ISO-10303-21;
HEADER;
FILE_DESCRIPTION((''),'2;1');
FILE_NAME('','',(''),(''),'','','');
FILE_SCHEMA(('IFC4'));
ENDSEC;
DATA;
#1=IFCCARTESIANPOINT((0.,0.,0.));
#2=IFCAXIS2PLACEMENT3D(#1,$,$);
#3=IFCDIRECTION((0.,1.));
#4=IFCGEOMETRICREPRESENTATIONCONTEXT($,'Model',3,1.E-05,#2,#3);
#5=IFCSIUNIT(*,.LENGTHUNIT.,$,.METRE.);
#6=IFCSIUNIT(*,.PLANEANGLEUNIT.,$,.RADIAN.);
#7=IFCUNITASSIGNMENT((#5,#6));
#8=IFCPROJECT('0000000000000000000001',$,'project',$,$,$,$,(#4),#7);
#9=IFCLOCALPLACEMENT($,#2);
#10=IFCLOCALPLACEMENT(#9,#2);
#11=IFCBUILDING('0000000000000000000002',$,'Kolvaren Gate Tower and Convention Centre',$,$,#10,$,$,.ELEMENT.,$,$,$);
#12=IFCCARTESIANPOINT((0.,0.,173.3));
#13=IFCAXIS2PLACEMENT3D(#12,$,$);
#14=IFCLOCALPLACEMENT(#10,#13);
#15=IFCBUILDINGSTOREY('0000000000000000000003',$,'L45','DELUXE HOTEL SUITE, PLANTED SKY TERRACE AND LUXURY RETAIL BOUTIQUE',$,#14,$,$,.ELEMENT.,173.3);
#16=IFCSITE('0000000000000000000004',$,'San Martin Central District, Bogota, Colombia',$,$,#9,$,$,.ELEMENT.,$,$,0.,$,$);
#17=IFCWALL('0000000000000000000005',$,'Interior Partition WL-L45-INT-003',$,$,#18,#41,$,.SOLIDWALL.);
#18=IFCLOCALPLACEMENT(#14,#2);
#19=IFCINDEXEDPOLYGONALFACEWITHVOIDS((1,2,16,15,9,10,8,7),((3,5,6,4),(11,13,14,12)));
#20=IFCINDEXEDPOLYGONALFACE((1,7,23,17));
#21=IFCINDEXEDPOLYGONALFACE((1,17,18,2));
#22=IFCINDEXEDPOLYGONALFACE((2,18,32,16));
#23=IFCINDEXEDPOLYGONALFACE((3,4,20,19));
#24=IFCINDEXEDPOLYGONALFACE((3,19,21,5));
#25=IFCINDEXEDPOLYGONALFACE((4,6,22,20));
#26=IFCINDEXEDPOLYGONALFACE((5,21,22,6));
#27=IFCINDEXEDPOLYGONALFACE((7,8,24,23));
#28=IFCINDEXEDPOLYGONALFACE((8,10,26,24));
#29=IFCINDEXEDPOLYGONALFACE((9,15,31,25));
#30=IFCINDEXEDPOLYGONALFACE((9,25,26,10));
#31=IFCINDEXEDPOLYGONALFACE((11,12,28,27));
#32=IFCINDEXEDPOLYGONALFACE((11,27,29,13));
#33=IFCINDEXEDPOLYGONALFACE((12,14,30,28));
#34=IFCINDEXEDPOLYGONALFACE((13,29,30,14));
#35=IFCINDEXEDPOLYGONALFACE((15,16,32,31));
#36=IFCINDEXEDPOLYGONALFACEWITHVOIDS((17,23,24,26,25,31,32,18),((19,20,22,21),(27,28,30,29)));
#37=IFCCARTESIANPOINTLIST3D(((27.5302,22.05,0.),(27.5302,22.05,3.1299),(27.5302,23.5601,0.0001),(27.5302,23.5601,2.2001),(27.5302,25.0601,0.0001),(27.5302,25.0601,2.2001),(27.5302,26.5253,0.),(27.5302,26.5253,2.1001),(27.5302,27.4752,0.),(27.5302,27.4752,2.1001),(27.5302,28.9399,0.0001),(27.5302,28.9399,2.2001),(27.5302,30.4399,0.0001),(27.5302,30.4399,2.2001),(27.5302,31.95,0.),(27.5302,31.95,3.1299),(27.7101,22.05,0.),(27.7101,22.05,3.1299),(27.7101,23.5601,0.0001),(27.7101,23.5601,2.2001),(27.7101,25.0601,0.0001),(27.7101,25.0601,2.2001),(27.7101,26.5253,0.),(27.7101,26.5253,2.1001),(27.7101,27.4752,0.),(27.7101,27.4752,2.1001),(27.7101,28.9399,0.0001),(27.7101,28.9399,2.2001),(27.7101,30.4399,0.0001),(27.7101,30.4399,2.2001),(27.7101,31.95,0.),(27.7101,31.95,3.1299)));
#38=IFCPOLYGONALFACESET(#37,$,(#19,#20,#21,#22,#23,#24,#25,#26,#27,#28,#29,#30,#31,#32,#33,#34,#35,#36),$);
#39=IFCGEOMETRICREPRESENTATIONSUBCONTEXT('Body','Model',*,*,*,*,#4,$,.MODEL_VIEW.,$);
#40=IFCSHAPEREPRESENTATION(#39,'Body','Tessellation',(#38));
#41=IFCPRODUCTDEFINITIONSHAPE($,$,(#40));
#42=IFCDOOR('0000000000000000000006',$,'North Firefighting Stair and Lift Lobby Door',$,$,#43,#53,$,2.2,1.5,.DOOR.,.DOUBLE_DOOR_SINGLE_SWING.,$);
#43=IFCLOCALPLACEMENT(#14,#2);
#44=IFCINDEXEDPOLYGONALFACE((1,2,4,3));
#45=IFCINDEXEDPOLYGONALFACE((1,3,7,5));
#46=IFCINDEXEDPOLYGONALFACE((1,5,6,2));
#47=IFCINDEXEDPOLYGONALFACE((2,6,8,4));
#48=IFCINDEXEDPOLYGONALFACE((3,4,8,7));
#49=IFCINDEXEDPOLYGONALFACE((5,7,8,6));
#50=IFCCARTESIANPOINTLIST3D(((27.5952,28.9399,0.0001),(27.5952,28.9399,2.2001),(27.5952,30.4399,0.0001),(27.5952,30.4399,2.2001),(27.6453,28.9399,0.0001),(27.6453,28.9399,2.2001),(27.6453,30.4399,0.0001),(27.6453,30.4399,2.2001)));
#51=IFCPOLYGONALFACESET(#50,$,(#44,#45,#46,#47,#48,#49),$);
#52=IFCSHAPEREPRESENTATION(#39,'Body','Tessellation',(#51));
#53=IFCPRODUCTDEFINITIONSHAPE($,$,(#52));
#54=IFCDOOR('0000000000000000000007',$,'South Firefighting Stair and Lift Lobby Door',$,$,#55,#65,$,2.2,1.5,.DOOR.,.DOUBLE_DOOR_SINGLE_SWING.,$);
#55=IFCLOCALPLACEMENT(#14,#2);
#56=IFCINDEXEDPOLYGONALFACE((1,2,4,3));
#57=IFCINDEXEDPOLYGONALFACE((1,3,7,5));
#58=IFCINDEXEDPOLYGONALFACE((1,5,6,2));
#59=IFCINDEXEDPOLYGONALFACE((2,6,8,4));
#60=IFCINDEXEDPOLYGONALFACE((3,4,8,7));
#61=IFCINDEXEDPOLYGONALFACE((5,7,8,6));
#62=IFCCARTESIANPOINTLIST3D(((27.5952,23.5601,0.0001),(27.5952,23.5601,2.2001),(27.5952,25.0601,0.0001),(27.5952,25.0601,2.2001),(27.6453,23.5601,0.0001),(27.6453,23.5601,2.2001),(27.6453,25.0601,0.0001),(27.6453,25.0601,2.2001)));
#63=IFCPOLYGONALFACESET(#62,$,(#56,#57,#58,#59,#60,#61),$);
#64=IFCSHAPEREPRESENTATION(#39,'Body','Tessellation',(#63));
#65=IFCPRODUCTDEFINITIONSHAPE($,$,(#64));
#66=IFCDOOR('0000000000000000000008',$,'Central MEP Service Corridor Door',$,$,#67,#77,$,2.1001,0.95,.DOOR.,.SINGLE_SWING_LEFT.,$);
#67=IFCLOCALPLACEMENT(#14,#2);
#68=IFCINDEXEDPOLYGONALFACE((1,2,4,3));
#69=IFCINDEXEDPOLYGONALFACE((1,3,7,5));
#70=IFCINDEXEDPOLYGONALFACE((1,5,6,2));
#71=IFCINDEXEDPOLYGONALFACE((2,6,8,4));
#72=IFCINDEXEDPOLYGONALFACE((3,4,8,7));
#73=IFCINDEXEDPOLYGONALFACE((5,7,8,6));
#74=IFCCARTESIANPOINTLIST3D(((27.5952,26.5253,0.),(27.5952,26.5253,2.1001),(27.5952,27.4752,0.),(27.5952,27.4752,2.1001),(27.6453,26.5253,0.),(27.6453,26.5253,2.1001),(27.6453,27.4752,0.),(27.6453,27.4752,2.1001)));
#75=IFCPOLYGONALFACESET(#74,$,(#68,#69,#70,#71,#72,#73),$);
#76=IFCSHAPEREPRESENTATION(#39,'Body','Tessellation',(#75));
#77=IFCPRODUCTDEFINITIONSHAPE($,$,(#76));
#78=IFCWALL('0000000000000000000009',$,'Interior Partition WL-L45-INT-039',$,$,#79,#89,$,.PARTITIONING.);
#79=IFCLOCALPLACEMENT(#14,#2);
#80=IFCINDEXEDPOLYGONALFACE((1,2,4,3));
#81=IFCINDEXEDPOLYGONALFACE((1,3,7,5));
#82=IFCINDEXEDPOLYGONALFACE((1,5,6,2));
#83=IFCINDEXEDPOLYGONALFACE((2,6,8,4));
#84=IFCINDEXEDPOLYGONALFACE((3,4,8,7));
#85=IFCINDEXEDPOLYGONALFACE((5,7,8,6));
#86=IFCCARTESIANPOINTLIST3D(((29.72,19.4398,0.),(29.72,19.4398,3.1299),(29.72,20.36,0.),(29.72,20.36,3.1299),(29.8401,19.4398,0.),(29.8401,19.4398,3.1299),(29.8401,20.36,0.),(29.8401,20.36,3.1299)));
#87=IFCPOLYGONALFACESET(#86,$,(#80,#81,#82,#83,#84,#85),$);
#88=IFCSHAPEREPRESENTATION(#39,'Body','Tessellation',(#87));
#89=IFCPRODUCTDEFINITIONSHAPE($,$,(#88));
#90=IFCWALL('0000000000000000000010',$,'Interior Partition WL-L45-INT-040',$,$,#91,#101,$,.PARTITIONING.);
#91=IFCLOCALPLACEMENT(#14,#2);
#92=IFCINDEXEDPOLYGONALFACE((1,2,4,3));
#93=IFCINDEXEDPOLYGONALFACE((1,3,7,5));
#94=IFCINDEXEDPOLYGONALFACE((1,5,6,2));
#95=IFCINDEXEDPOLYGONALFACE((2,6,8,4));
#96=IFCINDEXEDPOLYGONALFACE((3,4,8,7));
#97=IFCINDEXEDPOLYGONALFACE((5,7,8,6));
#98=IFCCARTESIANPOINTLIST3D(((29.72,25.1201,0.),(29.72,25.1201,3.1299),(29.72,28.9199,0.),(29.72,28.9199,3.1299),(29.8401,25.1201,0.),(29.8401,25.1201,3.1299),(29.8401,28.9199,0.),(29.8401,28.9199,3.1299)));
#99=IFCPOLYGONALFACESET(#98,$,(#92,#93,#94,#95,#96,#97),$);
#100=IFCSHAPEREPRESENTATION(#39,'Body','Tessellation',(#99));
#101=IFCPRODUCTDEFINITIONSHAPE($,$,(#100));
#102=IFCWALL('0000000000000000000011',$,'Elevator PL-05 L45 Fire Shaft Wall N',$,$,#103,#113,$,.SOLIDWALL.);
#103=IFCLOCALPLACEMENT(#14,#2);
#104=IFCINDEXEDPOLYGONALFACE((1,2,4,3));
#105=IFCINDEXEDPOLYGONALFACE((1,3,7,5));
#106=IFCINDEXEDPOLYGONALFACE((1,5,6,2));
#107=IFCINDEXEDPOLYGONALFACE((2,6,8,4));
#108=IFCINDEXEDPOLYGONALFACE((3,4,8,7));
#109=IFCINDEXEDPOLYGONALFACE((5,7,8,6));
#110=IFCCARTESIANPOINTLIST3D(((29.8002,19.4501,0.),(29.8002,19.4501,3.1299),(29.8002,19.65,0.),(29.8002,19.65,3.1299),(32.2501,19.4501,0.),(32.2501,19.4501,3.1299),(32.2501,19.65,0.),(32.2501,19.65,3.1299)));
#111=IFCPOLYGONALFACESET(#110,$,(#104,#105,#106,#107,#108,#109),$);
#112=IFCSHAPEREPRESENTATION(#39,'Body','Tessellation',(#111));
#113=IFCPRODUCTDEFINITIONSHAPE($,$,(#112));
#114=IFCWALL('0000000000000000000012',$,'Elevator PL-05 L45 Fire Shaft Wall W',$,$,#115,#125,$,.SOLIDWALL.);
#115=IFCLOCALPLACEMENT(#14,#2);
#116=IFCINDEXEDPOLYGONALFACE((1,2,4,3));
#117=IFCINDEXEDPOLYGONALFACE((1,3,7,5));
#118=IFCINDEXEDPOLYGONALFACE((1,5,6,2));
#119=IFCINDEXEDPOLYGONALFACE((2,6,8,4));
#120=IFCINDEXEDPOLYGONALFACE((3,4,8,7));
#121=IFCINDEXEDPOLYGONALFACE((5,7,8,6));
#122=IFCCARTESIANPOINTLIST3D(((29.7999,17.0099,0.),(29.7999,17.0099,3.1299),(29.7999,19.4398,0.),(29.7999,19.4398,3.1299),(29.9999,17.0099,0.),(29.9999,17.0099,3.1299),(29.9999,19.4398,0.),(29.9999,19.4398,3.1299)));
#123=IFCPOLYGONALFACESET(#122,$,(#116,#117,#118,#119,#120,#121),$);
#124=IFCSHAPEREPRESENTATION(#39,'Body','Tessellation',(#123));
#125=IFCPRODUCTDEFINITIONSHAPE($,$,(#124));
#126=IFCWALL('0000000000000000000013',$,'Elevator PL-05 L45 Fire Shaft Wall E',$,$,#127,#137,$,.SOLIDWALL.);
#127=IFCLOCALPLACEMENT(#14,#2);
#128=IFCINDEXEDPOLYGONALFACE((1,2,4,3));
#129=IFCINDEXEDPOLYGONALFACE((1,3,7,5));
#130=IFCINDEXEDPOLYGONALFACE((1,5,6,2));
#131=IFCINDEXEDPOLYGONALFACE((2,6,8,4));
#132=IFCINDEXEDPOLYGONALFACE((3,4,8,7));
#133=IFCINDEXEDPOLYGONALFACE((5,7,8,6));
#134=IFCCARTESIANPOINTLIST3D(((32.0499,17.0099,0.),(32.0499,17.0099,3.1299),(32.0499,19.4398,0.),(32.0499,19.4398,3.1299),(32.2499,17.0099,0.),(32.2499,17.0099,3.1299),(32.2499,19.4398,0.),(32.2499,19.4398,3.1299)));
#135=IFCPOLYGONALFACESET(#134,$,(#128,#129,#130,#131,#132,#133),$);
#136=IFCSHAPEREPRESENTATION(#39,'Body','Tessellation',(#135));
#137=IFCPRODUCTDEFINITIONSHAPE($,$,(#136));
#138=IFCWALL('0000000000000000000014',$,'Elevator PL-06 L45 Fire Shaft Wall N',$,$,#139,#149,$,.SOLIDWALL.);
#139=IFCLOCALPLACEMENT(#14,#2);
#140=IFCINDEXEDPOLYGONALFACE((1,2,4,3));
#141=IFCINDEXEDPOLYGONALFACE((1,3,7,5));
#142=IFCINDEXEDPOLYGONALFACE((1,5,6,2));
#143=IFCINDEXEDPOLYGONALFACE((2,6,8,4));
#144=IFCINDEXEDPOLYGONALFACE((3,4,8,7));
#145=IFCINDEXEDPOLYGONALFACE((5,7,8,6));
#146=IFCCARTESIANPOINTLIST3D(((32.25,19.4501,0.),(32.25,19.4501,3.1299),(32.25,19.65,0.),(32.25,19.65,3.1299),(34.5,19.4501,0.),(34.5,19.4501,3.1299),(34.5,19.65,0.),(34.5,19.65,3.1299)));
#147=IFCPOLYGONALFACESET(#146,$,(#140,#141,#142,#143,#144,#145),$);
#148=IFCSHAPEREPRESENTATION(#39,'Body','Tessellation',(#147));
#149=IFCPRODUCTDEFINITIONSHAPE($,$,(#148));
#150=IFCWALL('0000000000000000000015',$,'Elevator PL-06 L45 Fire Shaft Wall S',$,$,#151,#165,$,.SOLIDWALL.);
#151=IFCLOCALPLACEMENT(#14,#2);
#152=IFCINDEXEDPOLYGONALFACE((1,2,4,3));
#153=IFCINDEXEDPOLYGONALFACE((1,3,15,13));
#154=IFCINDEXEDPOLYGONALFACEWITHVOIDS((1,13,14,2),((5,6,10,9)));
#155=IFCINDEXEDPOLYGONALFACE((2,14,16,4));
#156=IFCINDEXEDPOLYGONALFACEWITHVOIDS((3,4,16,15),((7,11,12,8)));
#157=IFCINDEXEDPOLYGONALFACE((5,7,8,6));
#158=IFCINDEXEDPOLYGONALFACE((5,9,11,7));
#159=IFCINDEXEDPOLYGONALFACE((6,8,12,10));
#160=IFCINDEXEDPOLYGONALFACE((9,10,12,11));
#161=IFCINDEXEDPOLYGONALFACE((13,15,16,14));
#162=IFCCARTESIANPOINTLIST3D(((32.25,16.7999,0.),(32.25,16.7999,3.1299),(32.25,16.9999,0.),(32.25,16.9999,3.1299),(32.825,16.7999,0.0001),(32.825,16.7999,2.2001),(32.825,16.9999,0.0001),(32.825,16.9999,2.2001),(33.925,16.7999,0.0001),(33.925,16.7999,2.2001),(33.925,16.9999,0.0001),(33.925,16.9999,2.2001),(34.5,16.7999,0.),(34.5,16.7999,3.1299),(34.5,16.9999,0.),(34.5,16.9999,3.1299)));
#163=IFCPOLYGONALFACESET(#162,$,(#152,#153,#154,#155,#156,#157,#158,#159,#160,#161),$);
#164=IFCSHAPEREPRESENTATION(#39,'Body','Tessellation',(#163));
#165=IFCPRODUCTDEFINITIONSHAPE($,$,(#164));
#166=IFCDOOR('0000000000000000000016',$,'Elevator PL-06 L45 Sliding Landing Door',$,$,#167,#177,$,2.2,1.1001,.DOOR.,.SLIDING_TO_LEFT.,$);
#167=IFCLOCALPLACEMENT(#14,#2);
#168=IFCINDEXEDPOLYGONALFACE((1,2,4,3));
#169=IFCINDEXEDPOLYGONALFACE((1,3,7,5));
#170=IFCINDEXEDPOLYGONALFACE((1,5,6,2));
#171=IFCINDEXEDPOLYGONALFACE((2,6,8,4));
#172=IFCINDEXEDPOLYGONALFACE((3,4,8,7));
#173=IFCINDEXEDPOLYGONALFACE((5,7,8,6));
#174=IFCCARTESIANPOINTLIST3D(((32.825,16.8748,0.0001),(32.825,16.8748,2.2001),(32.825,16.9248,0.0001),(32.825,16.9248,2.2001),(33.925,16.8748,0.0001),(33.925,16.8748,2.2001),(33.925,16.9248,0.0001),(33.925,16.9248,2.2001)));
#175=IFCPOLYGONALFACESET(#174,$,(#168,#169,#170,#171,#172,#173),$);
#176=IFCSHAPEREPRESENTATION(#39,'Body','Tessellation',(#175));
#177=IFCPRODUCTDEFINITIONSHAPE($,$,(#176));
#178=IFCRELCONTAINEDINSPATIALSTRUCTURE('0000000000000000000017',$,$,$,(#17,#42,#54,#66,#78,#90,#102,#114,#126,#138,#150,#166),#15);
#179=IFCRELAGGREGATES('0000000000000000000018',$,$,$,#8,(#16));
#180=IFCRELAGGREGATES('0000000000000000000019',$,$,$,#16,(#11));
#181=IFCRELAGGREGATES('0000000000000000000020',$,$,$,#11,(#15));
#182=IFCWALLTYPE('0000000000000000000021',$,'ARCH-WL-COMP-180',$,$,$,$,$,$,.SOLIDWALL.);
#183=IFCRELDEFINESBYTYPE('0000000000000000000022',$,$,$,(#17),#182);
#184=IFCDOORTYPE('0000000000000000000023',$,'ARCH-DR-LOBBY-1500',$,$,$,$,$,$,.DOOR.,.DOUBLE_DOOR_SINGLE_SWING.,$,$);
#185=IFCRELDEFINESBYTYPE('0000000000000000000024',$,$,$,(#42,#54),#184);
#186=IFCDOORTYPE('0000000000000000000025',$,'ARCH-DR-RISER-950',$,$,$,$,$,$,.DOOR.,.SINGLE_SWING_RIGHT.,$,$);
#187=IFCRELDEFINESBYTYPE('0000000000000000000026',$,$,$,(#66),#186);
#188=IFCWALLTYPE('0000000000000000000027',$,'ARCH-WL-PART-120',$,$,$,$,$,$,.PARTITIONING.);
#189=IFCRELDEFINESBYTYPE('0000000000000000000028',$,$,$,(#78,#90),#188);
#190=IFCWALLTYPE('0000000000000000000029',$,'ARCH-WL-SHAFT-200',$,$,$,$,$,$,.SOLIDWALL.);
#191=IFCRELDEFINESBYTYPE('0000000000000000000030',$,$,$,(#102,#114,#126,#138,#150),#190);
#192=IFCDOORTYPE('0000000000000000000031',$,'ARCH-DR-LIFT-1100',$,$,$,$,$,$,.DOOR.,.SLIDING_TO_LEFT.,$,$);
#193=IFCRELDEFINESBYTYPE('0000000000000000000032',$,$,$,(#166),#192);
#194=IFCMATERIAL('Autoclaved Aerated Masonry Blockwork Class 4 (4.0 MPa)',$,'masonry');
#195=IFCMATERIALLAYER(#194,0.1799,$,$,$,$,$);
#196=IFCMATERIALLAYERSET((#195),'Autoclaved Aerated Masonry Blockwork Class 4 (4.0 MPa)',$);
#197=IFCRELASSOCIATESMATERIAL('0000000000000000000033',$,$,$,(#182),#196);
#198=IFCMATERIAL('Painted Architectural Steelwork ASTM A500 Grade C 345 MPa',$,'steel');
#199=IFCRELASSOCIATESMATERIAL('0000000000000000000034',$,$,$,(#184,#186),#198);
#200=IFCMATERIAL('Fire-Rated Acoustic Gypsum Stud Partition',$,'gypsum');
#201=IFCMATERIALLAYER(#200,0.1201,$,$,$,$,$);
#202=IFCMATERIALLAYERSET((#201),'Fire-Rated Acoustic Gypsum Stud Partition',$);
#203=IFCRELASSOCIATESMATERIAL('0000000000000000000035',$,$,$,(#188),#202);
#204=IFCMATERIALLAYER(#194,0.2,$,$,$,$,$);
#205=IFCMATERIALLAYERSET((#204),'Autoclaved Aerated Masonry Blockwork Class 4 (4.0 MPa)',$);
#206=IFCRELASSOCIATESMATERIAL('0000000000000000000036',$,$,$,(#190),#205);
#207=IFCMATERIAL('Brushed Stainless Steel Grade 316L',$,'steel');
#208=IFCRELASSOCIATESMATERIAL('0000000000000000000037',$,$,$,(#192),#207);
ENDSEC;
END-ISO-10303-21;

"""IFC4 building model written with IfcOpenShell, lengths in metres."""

from ifc_helpers import new_model, si_unit, direction, frame, frame_2d, origin, place, context, subcontext, project, spatial, rectangle, extrude, material, layer, layer_set, type_object, element, fill, save


model = new_model("IFC4")

# Units and contexts
model_context = context("Model", 3, precision=1e-05, world=origin(), true_north=direction((0.0, 1.0)))
body_context = subcontext(model_context, "Body", "Model", "MODEL_VIEW")
ifc_project = project(units=[si_unit("LENGTHUNIT", "METRE"), si_unit("PLANEANGLEUNIT", "RADIAN")], contexts=[model_context])

# Site, building, storey
site_placement = place(None, origin())
site = spatial("IfcSite", under=ifc_project, at=site_placement, Name="San Martin Central District, Bogota, Colombia", CompositionType="ELEMENT", RefElevation=0.0)
building_placement = place(site_placement, origin())
building = spatial("IfcBuilding", under=site, at=building_placement, Name="Kolvaren Gate Tower and Convention Centre", CompositionType="ELEMENT")
storey_placement = place(building_placement, frame((0.0, 0.0, 173.3)))
storey = spatial("IfcBuildingStorey", under=building, at=storey_placement, Name="L45", Description="DELUXE HOTEL SUITE, PLANTED SKY TERRACE AND LUXURY RETAIL BOUTIQUE", CompositionType="ELEMENT", Elevation=173.3)

# Wall, openings, doors
ifc_material_1 = material(Name="Autoclaved Aerated Masonry Blockwork Class 4 (4.0 MPa)", Category="masonry")
ifc_layer_1 = layer(ifc_material_1, 0.1799)
ifc_layer_set_1 = layer_set([ifc_layer_1], Name="Autoclaved Aerated Masonry Blockwork Class 4 (4.0 MPa)")
wall_type_1 = type_object("IfcWallType", Name="ARCH-WL-COMP-180", PredefinedType="SOLIDWALL", material=ifc_layer_set_1)
wall_1_placement = place(storey_placement, frame((27.6201, 22.05, 0.0), z_axis=(0.0, 0.0, 1.0), x_axis=(0.0, 1.0, 0.0)))
wall_1 = element("IfcWall", 1, at=wall_1_placement, inside=storey, type_object=wall_type_1, Name="Interior Partition WL-L45-INT-003", PredefinedType="SOLIDWALL", context=body_context, shape_type="SweptSolid", body=[
    extrude(rectangle(XDim=9.8999, YDim=0.1799, at=frame_2d((4.95, 0.0))), origin(), (0.0, 0.0, 1.0), 3.1299),
])
opening_1_placement = place(wall_1_placement, frame((4.4751, 0.0, 0.0)))
opening_1 = element("IfcOpeningElement", 2, at=opening_1_placement, cuts=wall_1, PredefinedType="OPENING", context=body_context, shape_type="SweptSolid", body=[
    extrude(rectangle(XDim=0.95, YDim=2.1001, at=frame_2d((0.4751, 1.05))), frame((0.0, 0.0999, 0.0), z_axis=(0.0, -1.0, 0.0), x_axis=(1.0, 0.0, 0.0)), (0.0, 0.0, 1.0), 0.2),
])
opening_2_placement = place(wall_1_placement, frame((6.8899, 0.0, 0.0)))
opening_2 = element("IfcOpeningElement", 3, at=opening_2_placement, cuts=wall_1, PredefinedType="OPENING", context=body_context, shape_type="SweptSolid", body=[
    extrude(rectangle(XDim=1.5, YDim=2.2, at=frame_2d((0.75, 1.1001))), frame((0.0, 0.0999, 0.0), z_axis=(0.0, -1.0, 0.0), x_axis=(1.0, 0.0, 0.0)), (0.0, 0.0, 1.0), 0.2),
])
opening_3_placement = place(wall_1_placement, frame((1.51, 0.0, 0.0)))
opening_3 = element("IfcOpeningElement", 4, at=opening_3_placement, cuts=wall_1, PredefinedType="OPENING", context=body_context, shape_type="SweptSolid", body=[
    extrude(rectangle(XDim=1.5, YDim=2.2, at=frame_2d((0.75, 1.1001))), frame((0.0, 0.0999, 0.0), z_axis=(0.0, -1.0, 0.0), x_axis=(1.0, 0.0, 0.0)), (0.0, 0.0, 1.0), 0.2),
])
ifc_material_2 = material(Name="Painted Architectural Steelwork ASTM A500 Grade C 345 MPa", Category="steel")
door_type_1 = type_object("IfcDoorType", Name="ARCH-DR-LOBBY-1500", OperationType="DOUBLE_DOOR_SINGLE_SWING", PredefinedType="DOOR", material=ifc_material_2)
door_1_placement = place(opening_2_placement, origin())
door_1 = element("IfcDoor", 5, at=door_1_placement, inside=storey, type_object=door_type_1, Name="North Firefighting Stair and Lift Lobby Door", OperationType="DOUBLE_DOOR_SINGLE_SWING", OverallHeight=2.2, OverallWidth=1.5, PredefinedType="DOOR", context=body_context, shape_type="SweptSolid", body=[
    extrude(rectangle(XDim=1.5, YDim=2.2, at=frame_2d((0.75, 1.1001))), frame((0.0, 0.0249, 0.0), z_axis=(0.0, -1.0, 0.0), x_axis=(1.0, 0.0, 0.0)), (0.0, 0.0, 1.0), 0.05),
])
fill(opening_2, door_1)
door_2_placement = place(opening_3_placement, origin())
door_2 = element("IfcDoor", 6, at=door_2_placement, inside=storey, type_object=door_type_1, Name="South Firefighting Stair and Lift Lobby Door", OperationType="DOUBLE_DOOR_SINGLE_SWING", OverallHeight=2.2, OverallWidth=1.5, PredefinedType="DOOR", context=body_context, shape_type="SweptSolid", body=[
    extrude(rectangle(XDim=1.5, YDim=2.2, at=frame_2d((0.75, 1.1001))), frame((0.0, 0.0249, 0.0), z_axis=(0.0, -1.0, 0.0), x_axis=(1.0, 0.0, 0.0)), (0.0, 0.0, 1.0), 0.05),
])
fill(opening_3, door_2)
door_type_2 = type_object("IfcDoorType", Name="ARCH-DR-RISER-950", OperationType="SINGLE_SWING_RIGHT", PredefinedType="DOOR", material=ifc_material_2)
door_3_placement = place(opening_1_placement, origin())
door_3 = element("IfcDoor", 7, at=door_3_placement, inside=storey, type_object=door_type_2, Name="Central MEP Service Corridor Door", OperationType="SINGLE_SWING_LEFT", OverallHeight=2.1001, OverallWidth=0.95, PredefinedType="DOOR", context=body_context, shape_type="SweptSolid", body=[
    extrude(rectangle(XDim=0.95, YDim=2.1001, at=frame_2d((0.4751, 1.05))), frame((0.0, 0.0249, 0.0), z_axis=(0.0, -1.0, 0.0), x_axis=(1.0, 0.0, 0.0)), (0.0, 0.0, 1.0), 0.05),
])
fill(opening_1, door_3)

# Walls
ifc_material_3 = material(Name="Fire-Rated Acoustic Gypsum Stud Partition", Category="gypsum")
ifc_layer_2 = layer(ifc_material_3, 0.1201)
ifc_layer_set_2 = layer_set([ifc_layer_2], Name="Fire-Rated Acoustic Gypsum Stud Partition")
wall_type_2 = type_object("IfcWallType", Name="ARCH-WL-PART-120", PredefinedType="PARTITIONING", material=ifc_layer_set_2)
wall_2_placement = place(storey_placement, frame((29.78, 19.4399, 0.0), z_axis=(0.0, 0.0, 1.0), x_axis=(0.0, 1.0, 0.0)))
element("IfcWall", 8, at=wall_2_placement, inside=storey, type_object=wall_type_2, Name="Interior Partition WL-L45-INT-039", PredefinedType="PARTITIONING", context=body_context, shape_type="SweptSolid", body=[
    extrude(rectangle(XDim=0.9202, YDim=0.1201, at=frame_2d((0.46, 0.0))), origin(), (0.0, 0.0, 1.0), 3.1299),
])
wall_3_placement = place(storey_placement, frame((29.78, 25.1201, 0.0), z_axis=(0.0, 0.0, 1.0), x_axis=(0.0, 1.0, 0.0)))
element("IfcWall", 9, at=wall_3_placement, inside=storey, type_object=wall_type_2, Name="Interior Partition WL-L45-INT-040", PredefinedType="PARTITIONING", context=body_context, shape_type="SweptSolid", body=[
    extrude(rectangle(XDim=3.7998, YDim=0.1201, at=frame_2d((1.8999, 0.0))), origin(), (0.0, 0.0, 1.0), 3.1299),
])
ifc_layer_3 = layer(ifc_material_1, 0.2)
ifc_layer_set_3 = layer_set([ifc_layer_3], Name="Autoclaved Aerated Masonry Blockwork Class 4 (4.0 MPa)")
wall_type_3 = type_object("IfcWallType", Name="ARCH-WL-SHAFT-200", PredefinedType="SOLIDWALL", material=ifc_layer_set_3)
wall_4_placement = place(storey_placement, frame((29.8, 19.55, 0.0), z_axis=(0.0, 0.0, 1.0), x_axis=(1.0, 0.0, 0.0)))
element("IfcWall", 10, at=wall_4_placement, inside=storey, type_object=wall_type_3, Name="Elevator PL-05 L45 Fire Shaft Wall N", PredefinedType="SOLIDWALL", context=body_context, shape_type="SweptSolid", body=[
    extrude(rectangle(XDim=2.45, YDim=0.2, at=frame_2d((1.2251, 0.0))), origin(), (0.0, 0.0, 1.0), 3.1299),
])
for number, where, z_axis, x_axis, name in (
    (11, (29.8999, 17.01, 0.0), (0.0, 0.0, 1.0), (0.0, 1.0, 0.0), "Elevator PL-05 L45 Fire Shaft Wall W"),
    (12, (32.1499, 17.01, 0.0), (0.0, 0.0, 1.0), (0.0, 1.0, 0.0), "Elevator PL-05 L45 Fire Shaft Wall E"),
):
    element("IfcWall", number, at=place(storey_placement, frame(where, z_axis=z_axis, x_axis=x_axis)), inside=storey, type_object=wall_type_3, Name=name, PredefinedType="SOLIDWALL", context=body_context, shape_type="SweptSolid", body=[
        extrude(rectangle(XDim=2.4299, YDim=0.2, at=frame_2d((1.2148, 0.0))), origin(), (0.0, 0.0, 1.0), 3.1299),
    ])
wall_5_placement = place(storey_placement, frame((32.25, 19.55, 0.0), z_axis=(0.0, 0.0, 1.0), x_axis=(1.0, 0.0, 0.0)))
element("IfcWall", 13, at=wall_5_placement, inside=storey, type_object=wall_type_3, Name="Elevator PL-06 L45 Fire Shaft Wall N", PredefinedType="SOLIDWALL", context=body_context, shape_type="SweptSolid", body=[
    extrude(rectangle(XDim=2.25, YDim=0.2, at=frame_2d((1.125, 0.0))), origin(), (0.0, 0.0, 1.0), 3.1299),
])

# Wall, opening, door
wall_6_placement = place(storey_placement, frame((32.25, 16.8999, 0.0), z_axis=(0.0, 0.0, 1.0), x_axis=(1.0, 0.0, 0.0)))
wall_6 = element("IfcWall", 14, at=wall_6_placement, inside=storey, type_object=wall_type_3, Name="Elevator PL-06 L45 Fire Shaft Wall S", PredefinedType="SOLIDWALL", context=body_context, shape_type="SweptSolid", body=[
    extrude(rectangle(XDim=2.25, YDim=0.2, at=frame_2d((1.125, 0.0))), origin(), (0.0, 0.0, 1.0), 3.1299),
])
opening_4_placement = place(wall_6_placement, frame((0.575, 0.0, 0.0)))
opening_4 = element("IfcOpeningElement", 15, at=opening_4_placement, cuts=wall_6, PredefinedType="OPENING", context=body_context, shape_type="SweptSolid", body=[
    extrude(rectangle(XDim=1.1001, YDim=2.2, at=frame_2d((0.55, 1.1001))), frame((0.0, 0.1099, 0.0), z_axis=(0.0, -1.0, 0.0), x_axis=(1.0, 0.0, 0.0)), (0.0, 0.0, 1.0), 0.22),
])
ifc_material_4 = material(Name="Brushed Stainless Steel Grade 316L", Category="steel")
door_type_3 = type_object("IfcDoorType", Name="ARCH-DR-LIFT-1100", OperationType="SLIDING_TO_LEFT", PredefinedType="DOOR", material=ifc_material_4)
door_4_placement = place(opening_4_placement, origin())
door_4 = element("IfcDoor", 16, at=door_4_placement, inside=storey, type_object=door_type_3, Name="Elevator PL-06 L45 Sliding Landing Door", OperationType="SLIDING_TO_LEFT", OverallHeight=2.2, OverallWidth=1.1001, PredefinedType="DOOR", context=body_context, shape_type="SweptSolid", body=[
    extrude(rectangle(XDim=1.1001, YDim=2.2, at=frame_2d((0.55, 1.1001))), frame((0.0, 0.0249, 0.0), z_axis=(0.0, -1.0, 0.0), x_axis=(1.0, 0.0, 0.0)), (0.0, 0.0, 1.0), 0.05),
])
fill(opening_4, door_4)

save(model, "model.ifc")
